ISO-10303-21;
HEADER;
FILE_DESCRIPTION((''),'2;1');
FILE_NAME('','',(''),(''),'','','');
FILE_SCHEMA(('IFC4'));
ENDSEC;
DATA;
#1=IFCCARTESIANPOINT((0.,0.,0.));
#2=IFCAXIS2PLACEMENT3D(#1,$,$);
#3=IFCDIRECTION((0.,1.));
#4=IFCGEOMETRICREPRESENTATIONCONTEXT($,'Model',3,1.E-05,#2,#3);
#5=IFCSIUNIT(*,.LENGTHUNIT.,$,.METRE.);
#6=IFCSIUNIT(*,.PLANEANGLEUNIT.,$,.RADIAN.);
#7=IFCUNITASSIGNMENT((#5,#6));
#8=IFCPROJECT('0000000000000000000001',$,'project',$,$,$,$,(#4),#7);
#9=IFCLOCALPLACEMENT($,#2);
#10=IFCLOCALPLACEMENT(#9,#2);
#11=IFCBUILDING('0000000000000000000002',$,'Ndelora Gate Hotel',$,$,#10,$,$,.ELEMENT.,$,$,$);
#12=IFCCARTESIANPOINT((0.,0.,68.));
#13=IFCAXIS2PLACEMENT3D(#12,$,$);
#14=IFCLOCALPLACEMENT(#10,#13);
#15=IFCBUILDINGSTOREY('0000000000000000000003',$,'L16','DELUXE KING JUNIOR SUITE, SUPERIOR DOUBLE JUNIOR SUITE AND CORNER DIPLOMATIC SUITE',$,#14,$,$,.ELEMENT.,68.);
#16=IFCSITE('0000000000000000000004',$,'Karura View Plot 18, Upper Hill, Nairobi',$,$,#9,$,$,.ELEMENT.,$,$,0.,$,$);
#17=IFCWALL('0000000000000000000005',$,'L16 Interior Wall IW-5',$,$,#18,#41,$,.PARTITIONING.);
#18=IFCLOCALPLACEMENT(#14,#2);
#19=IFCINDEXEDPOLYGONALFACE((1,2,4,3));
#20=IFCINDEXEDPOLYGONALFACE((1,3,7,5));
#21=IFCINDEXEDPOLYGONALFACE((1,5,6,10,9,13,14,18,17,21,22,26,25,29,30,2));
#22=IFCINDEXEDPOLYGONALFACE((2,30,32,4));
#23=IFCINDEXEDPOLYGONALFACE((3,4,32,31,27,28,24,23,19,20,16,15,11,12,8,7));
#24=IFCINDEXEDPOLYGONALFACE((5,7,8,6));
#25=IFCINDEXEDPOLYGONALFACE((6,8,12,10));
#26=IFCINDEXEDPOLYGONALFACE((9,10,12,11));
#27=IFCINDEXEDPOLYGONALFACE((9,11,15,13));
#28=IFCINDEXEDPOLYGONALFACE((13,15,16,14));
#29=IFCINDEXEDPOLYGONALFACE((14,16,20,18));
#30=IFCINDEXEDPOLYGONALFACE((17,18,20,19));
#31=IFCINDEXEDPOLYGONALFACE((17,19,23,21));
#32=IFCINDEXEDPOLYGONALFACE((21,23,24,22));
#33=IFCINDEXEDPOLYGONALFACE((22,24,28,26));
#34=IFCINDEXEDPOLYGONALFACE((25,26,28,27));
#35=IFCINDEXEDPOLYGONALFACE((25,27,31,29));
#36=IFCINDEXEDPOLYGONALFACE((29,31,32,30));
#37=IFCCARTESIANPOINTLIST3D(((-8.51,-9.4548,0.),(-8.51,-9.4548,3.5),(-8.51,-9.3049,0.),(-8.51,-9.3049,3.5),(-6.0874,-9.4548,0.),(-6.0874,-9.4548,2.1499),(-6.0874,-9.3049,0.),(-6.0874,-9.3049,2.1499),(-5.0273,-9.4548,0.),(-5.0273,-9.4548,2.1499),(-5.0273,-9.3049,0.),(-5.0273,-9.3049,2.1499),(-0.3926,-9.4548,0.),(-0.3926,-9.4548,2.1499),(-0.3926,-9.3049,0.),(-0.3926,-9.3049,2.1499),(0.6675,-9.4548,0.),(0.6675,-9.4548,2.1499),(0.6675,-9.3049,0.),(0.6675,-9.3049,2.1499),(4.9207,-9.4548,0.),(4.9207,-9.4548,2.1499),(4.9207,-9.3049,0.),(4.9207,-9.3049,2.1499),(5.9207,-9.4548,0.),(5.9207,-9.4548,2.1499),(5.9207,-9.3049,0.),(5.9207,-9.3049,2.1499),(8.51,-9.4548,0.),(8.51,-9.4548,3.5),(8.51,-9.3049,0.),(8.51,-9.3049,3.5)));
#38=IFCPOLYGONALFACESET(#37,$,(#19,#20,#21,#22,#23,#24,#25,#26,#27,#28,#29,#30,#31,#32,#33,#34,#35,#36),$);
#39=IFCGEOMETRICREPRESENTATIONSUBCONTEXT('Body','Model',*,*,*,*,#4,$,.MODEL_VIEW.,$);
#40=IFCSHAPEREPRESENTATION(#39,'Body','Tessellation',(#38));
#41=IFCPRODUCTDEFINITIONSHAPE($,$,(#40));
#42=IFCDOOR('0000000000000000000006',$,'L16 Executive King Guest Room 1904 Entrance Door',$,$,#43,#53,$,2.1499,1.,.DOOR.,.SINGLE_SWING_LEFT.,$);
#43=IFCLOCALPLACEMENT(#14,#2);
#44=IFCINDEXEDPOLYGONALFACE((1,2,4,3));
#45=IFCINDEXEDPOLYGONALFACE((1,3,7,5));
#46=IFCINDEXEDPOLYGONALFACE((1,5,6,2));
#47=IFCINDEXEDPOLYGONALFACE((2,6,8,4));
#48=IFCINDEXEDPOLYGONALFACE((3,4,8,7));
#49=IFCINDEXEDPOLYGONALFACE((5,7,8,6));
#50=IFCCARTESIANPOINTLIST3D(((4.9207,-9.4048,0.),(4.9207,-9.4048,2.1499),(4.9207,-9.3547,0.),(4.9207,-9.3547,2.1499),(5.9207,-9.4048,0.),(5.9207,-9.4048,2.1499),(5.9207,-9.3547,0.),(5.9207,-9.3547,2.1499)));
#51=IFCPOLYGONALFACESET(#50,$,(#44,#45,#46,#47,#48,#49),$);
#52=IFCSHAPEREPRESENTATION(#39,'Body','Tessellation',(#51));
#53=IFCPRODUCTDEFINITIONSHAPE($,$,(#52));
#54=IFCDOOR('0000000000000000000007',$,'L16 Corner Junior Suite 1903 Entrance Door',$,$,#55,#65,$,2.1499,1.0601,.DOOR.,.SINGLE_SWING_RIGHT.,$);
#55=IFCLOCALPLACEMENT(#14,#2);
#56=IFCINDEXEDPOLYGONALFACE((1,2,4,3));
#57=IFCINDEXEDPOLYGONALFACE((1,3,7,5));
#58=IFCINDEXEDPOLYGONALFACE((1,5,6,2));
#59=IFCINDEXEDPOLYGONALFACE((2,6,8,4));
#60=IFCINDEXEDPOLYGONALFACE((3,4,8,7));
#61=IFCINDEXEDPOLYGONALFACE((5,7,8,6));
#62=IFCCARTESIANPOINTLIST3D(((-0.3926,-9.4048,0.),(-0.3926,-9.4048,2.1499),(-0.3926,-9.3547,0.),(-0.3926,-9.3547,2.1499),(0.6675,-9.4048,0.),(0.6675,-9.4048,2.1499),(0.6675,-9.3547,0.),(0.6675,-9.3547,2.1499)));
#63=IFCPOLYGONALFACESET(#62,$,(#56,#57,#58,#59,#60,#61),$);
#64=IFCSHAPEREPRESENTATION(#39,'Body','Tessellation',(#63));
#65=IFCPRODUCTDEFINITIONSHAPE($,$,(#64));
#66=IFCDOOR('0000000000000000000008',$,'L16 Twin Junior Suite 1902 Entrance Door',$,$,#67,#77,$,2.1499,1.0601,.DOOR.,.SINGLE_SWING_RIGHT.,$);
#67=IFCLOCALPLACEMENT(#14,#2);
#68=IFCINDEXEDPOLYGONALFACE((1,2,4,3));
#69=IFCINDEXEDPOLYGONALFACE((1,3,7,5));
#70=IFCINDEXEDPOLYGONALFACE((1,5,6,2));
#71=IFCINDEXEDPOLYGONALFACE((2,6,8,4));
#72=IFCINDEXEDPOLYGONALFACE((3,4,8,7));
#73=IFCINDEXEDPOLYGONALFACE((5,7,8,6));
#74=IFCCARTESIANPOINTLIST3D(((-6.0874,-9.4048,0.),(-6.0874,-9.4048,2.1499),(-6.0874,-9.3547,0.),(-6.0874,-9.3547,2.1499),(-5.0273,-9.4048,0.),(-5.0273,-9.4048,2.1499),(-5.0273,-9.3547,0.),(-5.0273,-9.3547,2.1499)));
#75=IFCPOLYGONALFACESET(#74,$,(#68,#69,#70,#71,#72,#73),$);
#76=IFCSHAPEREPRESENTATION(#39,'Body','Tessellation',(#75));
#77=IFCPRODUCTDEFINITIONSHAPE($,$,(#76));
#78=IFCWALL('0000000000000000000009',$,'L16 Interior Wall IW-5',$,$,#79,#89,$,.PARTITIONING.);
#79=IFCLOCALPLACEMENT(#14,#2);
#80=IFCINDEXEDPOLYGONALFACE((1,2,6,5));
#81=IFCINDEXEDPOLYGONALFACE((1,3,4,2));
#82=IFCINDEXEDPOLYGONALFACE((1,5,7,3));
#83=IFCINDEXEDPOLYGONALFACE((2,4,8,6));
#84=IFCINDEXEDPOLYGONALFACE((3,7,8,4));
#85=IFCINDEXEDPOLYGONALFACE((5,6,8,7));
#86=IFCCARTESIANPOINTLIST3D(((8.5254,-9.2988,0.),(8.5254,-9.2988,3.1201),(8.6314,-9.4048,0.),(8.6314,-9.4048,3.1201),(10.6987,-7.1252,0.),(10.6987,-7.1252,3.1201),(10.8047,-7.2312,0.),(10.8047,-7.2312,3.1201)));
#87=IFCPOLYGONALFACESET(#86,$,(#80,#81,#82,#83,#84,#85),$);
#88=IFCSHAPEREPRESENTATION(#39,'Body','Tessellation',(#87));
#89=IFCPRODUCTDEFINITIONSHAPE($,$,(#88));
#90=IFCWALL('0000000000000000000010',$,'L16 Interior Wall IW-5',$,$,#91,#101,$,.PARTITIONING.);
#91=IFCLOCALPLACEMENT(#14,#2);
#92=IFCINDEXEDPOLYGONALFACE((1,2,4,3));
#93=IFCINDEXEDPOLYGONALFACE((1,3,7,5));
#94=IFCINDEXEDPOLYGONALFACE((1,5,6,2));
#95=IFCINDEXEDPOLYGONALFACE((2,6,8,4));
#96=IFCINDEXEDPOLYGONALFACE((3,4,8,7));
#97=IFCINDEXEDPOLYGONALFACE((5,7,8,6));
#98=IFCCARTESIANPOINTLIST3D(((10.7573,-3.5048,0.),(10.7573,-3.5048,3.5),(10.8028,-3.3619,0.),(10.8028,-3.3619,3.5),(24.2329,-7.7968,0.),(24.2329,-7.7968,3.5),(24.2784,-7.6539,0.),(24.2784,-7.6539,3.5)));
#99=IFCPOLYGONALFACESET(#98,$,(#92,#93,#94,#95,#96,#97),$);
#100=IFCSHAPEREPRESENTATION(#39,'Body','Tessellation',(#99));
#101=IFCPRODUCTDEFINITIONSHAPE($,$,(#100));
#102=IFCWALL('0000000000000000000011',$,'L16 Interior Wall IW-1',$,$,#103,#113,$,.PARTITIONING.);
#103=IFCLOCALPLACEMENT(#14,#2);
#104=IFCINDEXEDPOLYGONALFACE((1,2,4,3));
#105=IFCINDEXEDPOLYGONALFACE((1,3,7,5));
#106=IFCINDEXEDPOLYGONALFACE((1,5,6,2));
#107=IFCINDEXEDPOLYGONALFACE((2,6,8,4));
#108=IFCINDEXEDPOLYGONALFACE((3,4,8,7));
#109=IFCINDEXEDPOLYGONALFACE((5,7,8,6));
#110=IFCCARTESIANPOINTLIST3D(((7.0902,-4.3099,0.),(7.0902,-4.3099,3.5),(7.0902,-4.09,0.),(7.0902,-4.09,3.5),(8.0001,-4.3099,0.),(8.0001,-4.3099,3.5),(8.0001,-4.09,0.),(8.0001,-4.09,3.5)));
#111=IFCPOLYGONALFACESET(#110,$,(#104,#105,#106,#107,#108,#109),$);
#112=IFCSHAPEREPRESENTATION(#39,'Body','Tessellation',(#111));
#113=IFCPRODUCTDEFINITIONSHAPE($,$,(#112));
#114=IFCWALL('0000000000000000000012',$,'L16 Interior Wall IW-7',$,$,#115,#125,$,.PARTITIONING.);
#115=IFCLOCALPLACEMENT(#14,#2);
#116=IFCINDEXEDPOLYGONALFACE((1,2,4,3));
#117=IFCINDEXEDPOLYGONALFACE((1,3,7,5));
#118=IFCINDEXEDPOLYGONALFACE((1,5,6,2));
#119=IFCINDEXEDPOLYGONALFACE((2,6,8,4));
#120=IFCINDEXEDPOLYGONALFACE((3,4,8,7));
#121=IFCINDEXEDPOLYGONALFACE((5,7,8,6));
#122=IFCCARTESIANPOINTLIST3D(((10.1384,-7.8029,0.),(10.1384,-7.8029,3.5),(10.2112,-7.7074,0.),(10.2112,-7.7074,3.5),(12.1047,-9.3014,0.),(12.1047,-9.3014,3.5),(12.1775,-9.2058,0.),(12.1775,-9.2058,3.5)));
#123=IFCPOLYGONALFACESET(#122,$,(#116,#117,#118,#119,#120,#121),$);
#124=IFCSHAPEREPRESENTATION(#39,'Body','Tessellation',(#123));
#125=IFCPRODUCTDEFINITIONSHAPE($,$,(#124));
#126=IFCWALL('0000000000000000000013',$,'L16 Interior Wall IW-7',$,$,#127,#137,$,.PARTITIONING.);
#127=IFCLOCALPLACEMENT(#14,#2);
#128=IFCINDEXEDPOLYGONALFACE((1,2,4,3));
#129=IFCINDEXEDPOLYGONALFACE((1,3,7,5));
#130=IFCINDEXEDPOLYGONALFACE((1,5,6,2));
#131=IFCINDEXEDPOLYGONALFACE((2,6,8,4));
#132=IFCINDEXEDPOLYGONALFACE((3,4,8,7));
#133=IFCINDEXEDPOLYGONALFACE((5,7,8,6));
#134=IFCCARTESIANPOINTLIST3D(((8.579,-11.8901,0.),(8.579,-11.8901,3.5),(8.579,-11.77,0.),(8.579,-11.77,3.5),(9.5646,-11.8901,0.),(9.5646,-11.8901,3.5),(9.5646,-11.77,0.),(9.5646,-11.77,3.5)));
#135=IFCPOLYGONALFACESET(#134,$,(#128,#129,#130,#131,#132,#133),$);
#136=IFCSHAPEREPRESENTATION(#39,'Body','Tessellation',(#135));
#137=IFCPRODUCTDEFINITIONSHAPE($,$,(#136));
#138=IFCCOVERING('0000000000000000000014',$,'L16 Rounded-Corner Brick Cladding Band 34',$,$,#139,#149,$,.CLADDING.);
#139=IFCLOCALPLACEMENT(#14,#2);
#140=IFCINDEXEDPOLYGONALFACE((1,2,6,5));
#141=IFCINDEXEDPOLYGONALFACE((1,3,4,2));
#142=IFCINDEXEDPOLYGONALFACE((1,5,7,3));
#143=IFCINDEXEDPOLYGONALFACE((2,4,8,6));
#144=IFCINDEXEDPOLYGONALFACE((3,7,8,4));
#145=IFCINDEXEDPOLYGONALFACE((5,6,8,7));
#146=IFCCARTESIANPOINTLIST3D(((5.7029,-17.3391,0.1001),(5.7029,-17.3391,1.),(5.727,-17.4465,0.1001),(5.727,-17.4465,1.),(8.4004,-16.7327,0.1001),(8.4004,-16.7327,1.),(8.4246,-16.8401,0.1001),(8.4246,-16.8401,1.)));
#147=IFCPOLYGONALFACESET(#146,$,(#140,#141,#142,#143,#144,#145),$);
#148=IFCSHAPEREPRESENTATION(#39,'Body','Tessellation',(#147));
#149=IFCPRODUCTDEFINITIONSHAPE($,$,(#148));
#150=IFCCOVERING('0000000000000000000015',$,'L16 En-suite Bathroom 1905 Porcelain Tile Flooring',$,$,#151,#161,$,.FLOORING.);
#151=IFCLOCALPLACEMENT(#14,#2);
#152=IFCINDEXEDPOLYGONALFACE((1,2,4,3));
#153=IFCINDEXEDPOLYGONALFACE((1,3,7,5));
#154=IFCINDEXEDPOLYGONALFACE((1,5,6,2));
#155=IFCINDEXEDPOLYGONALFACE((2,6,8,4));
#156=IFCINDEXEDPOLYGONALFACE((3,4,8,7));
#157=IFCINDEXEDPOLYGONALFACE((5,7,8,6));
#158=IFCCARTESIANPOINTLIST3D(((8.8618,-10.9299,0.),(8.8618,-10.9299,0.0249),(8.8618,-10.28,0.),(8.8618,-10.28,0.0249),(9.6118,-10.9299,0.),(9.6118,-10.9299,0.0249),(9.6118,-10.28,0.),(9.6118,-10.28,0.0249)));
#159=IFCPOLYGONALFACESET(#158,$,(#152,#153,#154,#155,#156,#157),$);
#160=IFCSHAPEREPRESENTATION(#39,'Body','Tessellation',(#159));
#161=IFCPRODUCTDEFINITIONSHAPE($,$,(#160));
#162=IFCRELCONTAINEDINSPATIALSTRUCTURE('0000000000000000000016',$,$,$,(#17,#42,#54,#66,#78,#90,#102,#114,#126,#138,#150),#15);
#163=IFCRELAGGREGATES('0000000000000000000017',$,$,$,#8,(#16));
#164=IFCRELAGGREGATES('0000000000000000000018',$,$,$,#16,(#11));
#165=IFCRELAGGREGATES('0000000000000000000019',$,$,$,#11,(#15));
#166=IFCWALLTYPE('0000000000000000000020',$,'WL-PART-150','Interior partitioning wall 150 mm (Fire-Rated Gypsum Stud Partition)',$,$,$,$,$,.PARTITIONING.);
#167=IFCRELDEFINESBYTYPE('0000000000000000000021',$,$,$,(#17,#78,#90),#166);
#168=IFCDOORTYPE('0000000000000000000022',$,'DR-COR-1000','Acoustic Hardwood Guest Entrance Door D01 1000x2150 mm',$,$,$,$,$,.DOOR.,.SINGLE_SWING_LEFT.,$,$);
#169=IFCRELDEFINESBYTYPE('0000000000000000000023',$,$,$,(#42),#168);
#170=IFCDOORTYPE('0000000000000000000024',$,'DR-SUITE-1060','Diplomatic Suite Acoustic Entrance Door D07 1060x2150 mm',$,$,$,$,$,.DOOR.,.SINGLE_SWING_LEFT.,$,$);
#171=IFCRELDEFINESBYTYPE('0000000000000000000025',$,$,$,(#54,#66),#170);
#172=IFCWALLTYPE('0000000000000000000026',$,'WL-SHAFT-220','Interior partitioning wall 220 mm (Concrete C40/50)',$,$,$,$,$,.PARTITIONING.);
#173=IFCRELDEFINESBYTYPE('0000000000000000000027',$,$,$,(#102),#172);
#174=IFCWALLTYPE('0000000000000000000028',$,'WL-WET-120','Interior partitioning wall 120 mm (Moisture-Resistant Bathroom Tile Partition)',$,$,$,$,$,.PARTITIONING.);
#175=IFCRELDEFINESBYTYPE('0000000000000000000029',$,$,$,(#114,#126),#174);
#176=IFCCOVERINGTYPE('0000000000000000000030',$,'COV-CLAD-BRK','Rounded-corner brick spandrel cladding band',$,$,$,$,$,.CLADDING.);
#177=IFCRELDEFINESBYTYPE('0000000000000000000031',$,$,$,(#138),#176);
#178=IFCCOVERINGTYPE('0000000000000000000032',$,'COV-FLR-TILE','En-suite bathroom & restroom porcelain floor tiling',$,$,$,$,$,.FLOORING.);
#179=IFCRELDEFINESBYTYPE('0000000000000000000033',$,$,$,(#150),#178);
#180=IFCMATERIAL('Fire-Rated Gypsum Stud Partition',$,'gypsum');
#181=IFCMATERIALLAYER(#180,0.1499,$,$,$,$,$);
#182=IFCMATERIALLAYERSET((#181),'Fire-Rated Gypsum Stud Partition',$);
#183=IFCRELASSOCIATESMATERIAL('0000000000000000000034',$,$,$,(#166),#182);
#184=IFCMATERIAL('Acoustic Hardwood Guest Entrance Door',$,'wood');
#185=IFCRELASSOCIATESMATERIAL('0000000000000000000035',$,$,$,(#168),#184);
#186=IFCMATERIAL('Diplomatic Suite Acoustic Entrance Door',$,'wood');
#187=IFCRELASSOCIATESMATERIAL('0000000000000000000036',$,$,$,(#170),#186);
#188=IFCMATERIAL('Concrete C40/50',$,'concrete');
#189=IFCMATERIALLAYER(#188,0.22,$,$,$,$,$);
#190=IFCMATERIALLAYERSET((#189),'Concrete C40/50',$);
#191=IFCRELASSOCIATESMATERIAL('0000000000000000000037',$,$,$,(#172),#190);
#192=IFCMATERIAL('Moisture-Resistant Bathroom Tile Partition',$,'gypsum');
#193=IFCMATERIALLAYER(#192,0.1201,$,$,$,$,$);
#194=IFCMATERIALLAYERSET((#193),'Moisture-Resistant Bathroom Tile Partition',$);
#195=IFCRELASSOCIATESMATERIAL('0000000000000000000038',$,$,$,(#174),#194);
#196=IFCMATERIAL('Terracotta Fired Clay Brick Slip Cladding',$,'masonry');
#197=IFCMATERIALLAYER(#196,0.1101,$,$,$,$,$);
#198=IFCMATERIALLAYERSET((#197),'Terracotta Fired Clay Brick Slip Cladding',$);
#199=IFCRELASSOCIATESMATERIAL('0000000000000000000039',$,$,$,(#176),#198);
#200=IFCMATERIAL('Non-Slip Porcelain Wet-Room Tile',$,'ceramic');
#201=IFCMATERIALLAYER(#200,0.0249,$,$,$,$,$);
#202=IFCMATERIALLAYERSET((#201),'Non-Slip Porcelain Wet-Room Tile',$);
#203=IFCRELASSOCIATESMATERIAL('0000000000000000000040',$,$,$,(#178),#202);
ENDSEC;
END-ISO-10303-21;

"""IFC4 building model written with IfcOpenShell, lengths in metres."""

from ifc_helpers import new_model, si_unit, direction, frame, frame_2d, origin, origin_2d, place, context, subcontext, project, spatial, rectangle, extrude, material, layer, layer_set, type_object, element, fill, save


model = new_model("IFC4")

# Units and contexts
model_context = context("Model", 3, precision=1e-05, world=origin(), true_north=direction((0.0, 1.0)))
body_context = subcontext(model_context, "Body", "Model", "MODEL_VIEW")
ifc_project = project(units=[si_unit("LENGTHUNIT", "METRE"), si_unit("PLANEANGLEUNIT", "RADIAN")], contexts=[model_context])

# Site, building, storey
site_placement = place(None, origin())
site = spatial("IfcSite", under=ifc_project, at=site_placement, Name="Karura View Plot 18, Upper Hill, Nairobi", CompositionType="ELEMENT", RefElevation=0.0)
building_placement = place(site_placement, origin())
building = spatial("IfcBuilding", under=site, at=building_placement, Name="Ndelora Gate Hotel", CompositionType="ELEMENT")
storey_placement = place(building_placement, frame((0.0, 0.0, 68.0)))
storey = spatial("IfcBuildingStorey", under=building, at=storey_placement, Name="L16", Description="DELUXE KING JUNIOR SUITE, SUPERIOR DOUBLE JUNIOR SUITE AND CORNER DIPLOMATIC SUITE", CompositionType="ELEMENT", Elevation=68.0)

# Wall, openings, doors
ifc_material_1 = material(Name="Fire-Rated Gypsum Stud Partition", Category="gypsum")
ifc_layer_1 = layer(ifc_material_1, 0.1499)
ifc_layer_set_1 = layer_set([ifc_layer_1], Name="Fire-Rated Gypsum Stud Partition")
wall_type_1 = type_object("IfcWallType", Name="WL-PART-150", Description="Interior partitioning wall 150 mm (Fire-Rated Gypsum Stud Partition)", PredefinedType="PARTITIONING", material=ifc_layer_set_1)
wall_1_placement = place(storey_placement, frame((8.51, -9.3799, 0.0), z_axis=(0.0, 0.0, 1.0), x_axis=(-1.0, 0.0, 0.0)))
wall_1 = element("IfcWall", 1, at=wall_1_placement, inside=storey, type_object=wall_type_1, Name="L16 Interior Wall IW-5", PredefinedType="PARTITIONING", context=body_context, shape_type="SweptSolid", body=[
    extrude(rectangle(XDim=17.02, YDim=0.1499, at=frame_2d((8.51, 0.0))), origin(), (0.0, 0.0, 1.0), 3.5),
])
opening_1_placement = place(wall_1_placement, frame((2.5894, 0.0, 0.0)))
opening_1 = element("IfcOpeningElement", 2, at=opening_1_placement, cuts=wall_1, PredefinedType="OPENING", context=body_context, shape_type="SweptSolid", body=[
    extrude(rectangle(XDim=1.0, YDim=2.1499, at=frame_2d((0.5, 1.075))), frame((0.0, 0.085, 0.0), z_axis=(0.0, -1.0, 0.0), x_axis=(1.0, 0.0, 0.0)), (0.0, 0.0, 1.0), 0.1699),
])
opening_2_placement = place(wall_1_placement, frame((7.8425, 0.0, 0.0)))
opening_2 = element("IfcOpeningElement", 3, at=opening_2_placement, cuts=wall_1, PredefinedType="OPENING", context=body_context, shape_type="SweptSolid", body=[
    extrude(rectangle(XDim=1.0601, YDim=2.1499, at=frame_2d((0.53, 1.075))), frame((0.0, 0.085, 0.0), z_axis=(0.0, -1.0, 0.0), x_axis=(1.0, 0.0, 0.0)), (0.0, 0.0, 1.0), 0.1699),
])
opening_3_placement = place(wall_1_placement, frame((13.5374, 0.0, 0.0)))
opening_3 = element("IfcOpeningElement", 4, at=opening_3_placement, cuts=wall_1, PredefinedType="OPENING", context=body_context, shape_type="SweptSolid", body=[
    extrude(rectangle(XDim=1.0601, YDim=2.1499, at=frame_2d((0.53, 1.075))), frame((0.0, 0.085, 0.0), z_axis=(0.0, -1.0, 0.0), x_axis=(1.0, 0.0, 0.0)), (0.0, 0.0, 1.0), 0.1699),
])
ifc_material_2 = material(Name="Acoustic Hardwood Guest Entrance Door", Category="wood")
door_type_1 = type_object("IfcDoorType", Name="DR-COR-1000", Description="Acoustic Hardwood Guest Entrance Door D01 1000x2150 mm", OperationType="SINGLE_SWING_LEFT", PredefinedType="DOOR", material=ifc_material_2)
door_1_placement = place(opening_1_placement, origin())
door_1 = element("IfcDoor", 5, at=door_1_placement, inside=storey, type_object=door_type_1, Name="L16 Executive King Guest Room 1904 Entrance Door", OperationType="SINGLE_SWING_LEFT", OverallHeight=2.1499, OverallWidth=1.0, PredefinedType="DOOR", context=body_context, shape_type="SweptSolid", body=[
    extrude(rectangle(XDim=1.0, YDim=2.1499, at=frame_2d((0.5, 1.075))), frame((0.0, 0.0249, 0.0), z_axis=(0.0, -1.0, 0.0), x_axis=(1.0, 0.0, 0.0)), (0.0, 0.0, 1.0), 0.05),
])
fill(opening_1, door_1)
ifc_material_3 = material(Name="Diplomatic Suite Acoustic Entrance Door", Category="wood")
door_type_2 = type_object("IfcDoorType", Name="DR-SUITE-1060", Description="Diplomatic Suite Acoustic Entrance Door D07 1060x2150 mm", OperationType="SINGLE_SWING_LEFT", PredefinedType="DOOR", material=ifc_material_3)
door_2_placement = place(opening_2_placement, origin())
door_2 = element("IfcDoor", 6, at=door_2_placement, inside=storey, type_object=door_type_2, Name="L16 Corner Junior Suite 1903 Entrance Door", OperationType="SINGLE_SWING_RIGHT", OverallHeight=2.1499, OverallWidth=1.0601, PredefinedType="DOOR", context=body_context, shape_type="SweptSolid", body=[
    extrude(rectangle(XDim=1.0601, YDim=2.1499, at=frame_2d((0.53, 1.075))), frame((0.0, 0.0249, 0.0), z_axis=(0.0, -1.0, 0.0), x_axis=(1.0, 0.0, 0.0)), (0.0, 0.0, 1.0), 0.05),
])
fill(opening_2, door_2)
door_3_placement = place(opening_3_placement, origin())
door_3 = element("IfcDoor", 7, at=door_3_placement, inside=storey, type_object=door_type_2, Name="L16 Twin Junior Suite 1902 Entrance Door", OperationType="SINGLE_SWING_RIGHT", OverallHeight=2.1499, OverallWidth=1.0601, PredefinedType="DOOR", context=body_context, shape_type="SweptSolid", body=[
    extrude(rectangle(XDim=1.0601, YDim=2.1499, at=frame_2d((0.53, 1.075))), frame((0.0, 0.0249, 0.0), z_axis=(0.0, -1.0, 0.0), x_axis=(1.0, 0.0, 0.0)), (0.0, 0.0, 1.0), 0.05),
])
fill(opening_3, door_3)

# Walls
wall_2_placement = place(storey_placement, frame((10.7517, -7.1782, 0.0), z_axis=(0.0, 0.0, 1.0), x_axis=(-0.707067, -0.707146, 0.0)))
element("IfcWall", 8, at=wall_2_placement, inside=storey, type_object=wall_type_1, Name="L16 Interior Wall IW-5", PredefinedType="PARTITIONING", context=body_context, shape_type="SweptSolid", body=[
    extrude(rectangle(XDim=3.0737, YDim=0.1499, at=frame_2d((1.5369, 0.0))), origin(), (0.0, 0.0, 1.0), 3.1201),
])
wall_3_placement = place(storey_placement, frame((10.78, -3.4333, 0.0), z_axis=(0.0, 0.0, 1.0), x_axis=(0.952838, -0.30348, 0.0)))
element("IfcWall", 9, at=wall_3_placement, inside=storey, type_object=wall_type_1, Name="L16 Interior Wall IW-5", PredefinedType="PARTITIONING", context=body_context, shape_type="SweptSolid", body=[
    extrude(rectangle(XDim=14.1426, YDim=0.1499, at=frame_2d((7.0713, 0.0))), origin(), (0.0, 0.0, 1.0), 3.5),
])
ifc_material_4 = material(Name="Concrete C40/50", Category="concrete")
ifc_layer_2 = layer(ifc_material_4, 0.22)
ifc_layer_set_2 = layer_set([ifc_layer_2], Name="Concrete C40/50")
wall_type_2 = type_object("IfcWallType", Name="WL-SHAFT-220", Description="Interior partitioning wall 220 mm (Concrete C40/50)", PredefinedType="PARTITIONING", material=ifc_layer_set_2)
wall_4_placement = place(storey_placement, frame((7.0901, -4.2, 0.0), z_axis=(0.0, 0.0, 1.0), x_axis=(1.0, 0.0, 0.0)))
element("IfcWall", 10, at=wall_4_placement, inside=storey, type_object=wall_type_2, Name="L16 Interior Wall IW-1", PredefinedType="PARTITIONING", context=body_context, shape_type="SweptSolid", body=[
    extrude(rectangle(XDim=0.9099, YDim=0.22, at=frame_2d((0.4551, 0.0))), origin(), (0.0, 0.0, 1.0), 3.5),
])
ifc_material_5 = material(Name="Moisture-Resistant Bathroom Tile Partition", Category="gypsum")
ifc_layer_3 = layer(ifc_material_5, 0.1201)
ifc_layer_set_3 = layer_set([ifc_layer_3], Name="Moisture-Resistant Bathroom Tile Partition")
wall_type_3 = type_object("IfcWallType", Name="WL-WET-120", Description="Interior partitioning wall 120 mm (Moisture-Resistant Bathroom Tile Partition)", PredefinedType="PARTITIONING", material=ifc_layer_set_3)
wall_5_placement = place(storey_placement, frame((10.1748, -7.7551, 0.0), z_axis=(0.0, 0.0, 1.0), x_axis=(0.795355, -0.606144, 0.0)))
element("IfcWall", 11, at=wall_5_placement, inside=storey, type_object=wall_type_3, Name="L16 Interior Wall IW-7", PredefinedType="PARTITIONING", context=body_context, shape_type="SweptSolid", body=[
    extrude(rectangle(XDim=2.4722, YDim=0.1201, at=frame_2d((1.2361, 0.0))), origin(), (0.0, 0.0, 1.0), 3.5),
])
wall_6_placement = place(storey_placement, frame((8.5791, -11.8301, 0.0), z_axis=(0.0, 0.0, 1.0), x_axis=(1.0, 0.0, 0.0)))
element("IfcWall", 12, at=wall_6_placement, inside=storey, type_object=wall_type_3, Name="L16 Interior Wall IW-7", PredefinedType="PARTITIONING", context=body_context, shape_type="SweptSolid", body=[
    extrude(rectangle(XDim=0.9856, YDim=0.1201, at=frame_2d((0.4927, 0.0))), origin(), (0.0, 0.0, 1.0), 3.5),
])

# Coverings
ifc_material_6 = material(Name="Terracotta Fired Clay Brick Slip Cladding", Category="masonry")
ifc_layer_4 = layer(ifc_material_6, 0.1101)
ifc_layer_set_4 = layer_set([ifc_layer_4], Name="Terracotta Fired Clay Brick Slip Cladding")
covering_type_1 = type_object("IfcCoveringType", Name="COV-CLAD-BRK", Description="Rounded-corner brick spandrel cladding band", PredefinedType="CLADDING", material=ifc_layer_set_4)
covering_1_placement = place(storey_placement, frame((7.0637, -17.0896, 0.1001), z_axis=(0.0, 0.0, 1.0), x_axis=(0.97565, 0.219335, 0.0)))
element("IfcCovering", 13, at=covering_1_placement, inside=storey, type_object=covering_type_1, Name="L16 Rounded-Corner Brick Cladding Band 34", PredefinedType="CLADDING", context=body_context, shape_type="SweptSolid", body=[
    extrude(rectangle(XDim=2.7649, YDim=0.1101, at=origin_2d()), origin(), (0.0, 0.0, 1.0), 0.8999),
])
ifc_material_7 = material(Name="Non-Slip Porcelain Wet-Room Tile", Category="ceramic")
ifc_layer_5 = layer(ifc_material_7, 0.0249)
ifc_layer_set_5 = layer_set([ifc_layer_5], Name="Non-Slip Porcelain Wet-Room Tile")
covering_type_2 = type_object("IfcCoveringType", Name="COV-FLR-TILE", Description="En-suite bathroom & restroom porcelain floor tiling", PredefinedType="FLOORING", material=ifc_layer_set_5)
covering_2_placement = place(storey_placement, frame((9.2368, -10.605, 0.0), z_axis=(0.0, 0.0, 1.0), x_axis=(1.0, 0.0, 0.0)))
element("IfcCovering", 14, at=covering_2_placement, inside=storey, type_object=covering_type_2, Name="L16 En-suite Bathroom 1905 Porcelain Tile Flooring", PredefinedType="FLOORING", context=body_context, shape_type="SweptSolid", body=[
    extrude(rectangle(XDim=0.75, YDim=0.6499, at=origin_2d()), origin(), (0.0, 0.0, 1.0), 0.0249),
])

save(model, "model.ifc")
